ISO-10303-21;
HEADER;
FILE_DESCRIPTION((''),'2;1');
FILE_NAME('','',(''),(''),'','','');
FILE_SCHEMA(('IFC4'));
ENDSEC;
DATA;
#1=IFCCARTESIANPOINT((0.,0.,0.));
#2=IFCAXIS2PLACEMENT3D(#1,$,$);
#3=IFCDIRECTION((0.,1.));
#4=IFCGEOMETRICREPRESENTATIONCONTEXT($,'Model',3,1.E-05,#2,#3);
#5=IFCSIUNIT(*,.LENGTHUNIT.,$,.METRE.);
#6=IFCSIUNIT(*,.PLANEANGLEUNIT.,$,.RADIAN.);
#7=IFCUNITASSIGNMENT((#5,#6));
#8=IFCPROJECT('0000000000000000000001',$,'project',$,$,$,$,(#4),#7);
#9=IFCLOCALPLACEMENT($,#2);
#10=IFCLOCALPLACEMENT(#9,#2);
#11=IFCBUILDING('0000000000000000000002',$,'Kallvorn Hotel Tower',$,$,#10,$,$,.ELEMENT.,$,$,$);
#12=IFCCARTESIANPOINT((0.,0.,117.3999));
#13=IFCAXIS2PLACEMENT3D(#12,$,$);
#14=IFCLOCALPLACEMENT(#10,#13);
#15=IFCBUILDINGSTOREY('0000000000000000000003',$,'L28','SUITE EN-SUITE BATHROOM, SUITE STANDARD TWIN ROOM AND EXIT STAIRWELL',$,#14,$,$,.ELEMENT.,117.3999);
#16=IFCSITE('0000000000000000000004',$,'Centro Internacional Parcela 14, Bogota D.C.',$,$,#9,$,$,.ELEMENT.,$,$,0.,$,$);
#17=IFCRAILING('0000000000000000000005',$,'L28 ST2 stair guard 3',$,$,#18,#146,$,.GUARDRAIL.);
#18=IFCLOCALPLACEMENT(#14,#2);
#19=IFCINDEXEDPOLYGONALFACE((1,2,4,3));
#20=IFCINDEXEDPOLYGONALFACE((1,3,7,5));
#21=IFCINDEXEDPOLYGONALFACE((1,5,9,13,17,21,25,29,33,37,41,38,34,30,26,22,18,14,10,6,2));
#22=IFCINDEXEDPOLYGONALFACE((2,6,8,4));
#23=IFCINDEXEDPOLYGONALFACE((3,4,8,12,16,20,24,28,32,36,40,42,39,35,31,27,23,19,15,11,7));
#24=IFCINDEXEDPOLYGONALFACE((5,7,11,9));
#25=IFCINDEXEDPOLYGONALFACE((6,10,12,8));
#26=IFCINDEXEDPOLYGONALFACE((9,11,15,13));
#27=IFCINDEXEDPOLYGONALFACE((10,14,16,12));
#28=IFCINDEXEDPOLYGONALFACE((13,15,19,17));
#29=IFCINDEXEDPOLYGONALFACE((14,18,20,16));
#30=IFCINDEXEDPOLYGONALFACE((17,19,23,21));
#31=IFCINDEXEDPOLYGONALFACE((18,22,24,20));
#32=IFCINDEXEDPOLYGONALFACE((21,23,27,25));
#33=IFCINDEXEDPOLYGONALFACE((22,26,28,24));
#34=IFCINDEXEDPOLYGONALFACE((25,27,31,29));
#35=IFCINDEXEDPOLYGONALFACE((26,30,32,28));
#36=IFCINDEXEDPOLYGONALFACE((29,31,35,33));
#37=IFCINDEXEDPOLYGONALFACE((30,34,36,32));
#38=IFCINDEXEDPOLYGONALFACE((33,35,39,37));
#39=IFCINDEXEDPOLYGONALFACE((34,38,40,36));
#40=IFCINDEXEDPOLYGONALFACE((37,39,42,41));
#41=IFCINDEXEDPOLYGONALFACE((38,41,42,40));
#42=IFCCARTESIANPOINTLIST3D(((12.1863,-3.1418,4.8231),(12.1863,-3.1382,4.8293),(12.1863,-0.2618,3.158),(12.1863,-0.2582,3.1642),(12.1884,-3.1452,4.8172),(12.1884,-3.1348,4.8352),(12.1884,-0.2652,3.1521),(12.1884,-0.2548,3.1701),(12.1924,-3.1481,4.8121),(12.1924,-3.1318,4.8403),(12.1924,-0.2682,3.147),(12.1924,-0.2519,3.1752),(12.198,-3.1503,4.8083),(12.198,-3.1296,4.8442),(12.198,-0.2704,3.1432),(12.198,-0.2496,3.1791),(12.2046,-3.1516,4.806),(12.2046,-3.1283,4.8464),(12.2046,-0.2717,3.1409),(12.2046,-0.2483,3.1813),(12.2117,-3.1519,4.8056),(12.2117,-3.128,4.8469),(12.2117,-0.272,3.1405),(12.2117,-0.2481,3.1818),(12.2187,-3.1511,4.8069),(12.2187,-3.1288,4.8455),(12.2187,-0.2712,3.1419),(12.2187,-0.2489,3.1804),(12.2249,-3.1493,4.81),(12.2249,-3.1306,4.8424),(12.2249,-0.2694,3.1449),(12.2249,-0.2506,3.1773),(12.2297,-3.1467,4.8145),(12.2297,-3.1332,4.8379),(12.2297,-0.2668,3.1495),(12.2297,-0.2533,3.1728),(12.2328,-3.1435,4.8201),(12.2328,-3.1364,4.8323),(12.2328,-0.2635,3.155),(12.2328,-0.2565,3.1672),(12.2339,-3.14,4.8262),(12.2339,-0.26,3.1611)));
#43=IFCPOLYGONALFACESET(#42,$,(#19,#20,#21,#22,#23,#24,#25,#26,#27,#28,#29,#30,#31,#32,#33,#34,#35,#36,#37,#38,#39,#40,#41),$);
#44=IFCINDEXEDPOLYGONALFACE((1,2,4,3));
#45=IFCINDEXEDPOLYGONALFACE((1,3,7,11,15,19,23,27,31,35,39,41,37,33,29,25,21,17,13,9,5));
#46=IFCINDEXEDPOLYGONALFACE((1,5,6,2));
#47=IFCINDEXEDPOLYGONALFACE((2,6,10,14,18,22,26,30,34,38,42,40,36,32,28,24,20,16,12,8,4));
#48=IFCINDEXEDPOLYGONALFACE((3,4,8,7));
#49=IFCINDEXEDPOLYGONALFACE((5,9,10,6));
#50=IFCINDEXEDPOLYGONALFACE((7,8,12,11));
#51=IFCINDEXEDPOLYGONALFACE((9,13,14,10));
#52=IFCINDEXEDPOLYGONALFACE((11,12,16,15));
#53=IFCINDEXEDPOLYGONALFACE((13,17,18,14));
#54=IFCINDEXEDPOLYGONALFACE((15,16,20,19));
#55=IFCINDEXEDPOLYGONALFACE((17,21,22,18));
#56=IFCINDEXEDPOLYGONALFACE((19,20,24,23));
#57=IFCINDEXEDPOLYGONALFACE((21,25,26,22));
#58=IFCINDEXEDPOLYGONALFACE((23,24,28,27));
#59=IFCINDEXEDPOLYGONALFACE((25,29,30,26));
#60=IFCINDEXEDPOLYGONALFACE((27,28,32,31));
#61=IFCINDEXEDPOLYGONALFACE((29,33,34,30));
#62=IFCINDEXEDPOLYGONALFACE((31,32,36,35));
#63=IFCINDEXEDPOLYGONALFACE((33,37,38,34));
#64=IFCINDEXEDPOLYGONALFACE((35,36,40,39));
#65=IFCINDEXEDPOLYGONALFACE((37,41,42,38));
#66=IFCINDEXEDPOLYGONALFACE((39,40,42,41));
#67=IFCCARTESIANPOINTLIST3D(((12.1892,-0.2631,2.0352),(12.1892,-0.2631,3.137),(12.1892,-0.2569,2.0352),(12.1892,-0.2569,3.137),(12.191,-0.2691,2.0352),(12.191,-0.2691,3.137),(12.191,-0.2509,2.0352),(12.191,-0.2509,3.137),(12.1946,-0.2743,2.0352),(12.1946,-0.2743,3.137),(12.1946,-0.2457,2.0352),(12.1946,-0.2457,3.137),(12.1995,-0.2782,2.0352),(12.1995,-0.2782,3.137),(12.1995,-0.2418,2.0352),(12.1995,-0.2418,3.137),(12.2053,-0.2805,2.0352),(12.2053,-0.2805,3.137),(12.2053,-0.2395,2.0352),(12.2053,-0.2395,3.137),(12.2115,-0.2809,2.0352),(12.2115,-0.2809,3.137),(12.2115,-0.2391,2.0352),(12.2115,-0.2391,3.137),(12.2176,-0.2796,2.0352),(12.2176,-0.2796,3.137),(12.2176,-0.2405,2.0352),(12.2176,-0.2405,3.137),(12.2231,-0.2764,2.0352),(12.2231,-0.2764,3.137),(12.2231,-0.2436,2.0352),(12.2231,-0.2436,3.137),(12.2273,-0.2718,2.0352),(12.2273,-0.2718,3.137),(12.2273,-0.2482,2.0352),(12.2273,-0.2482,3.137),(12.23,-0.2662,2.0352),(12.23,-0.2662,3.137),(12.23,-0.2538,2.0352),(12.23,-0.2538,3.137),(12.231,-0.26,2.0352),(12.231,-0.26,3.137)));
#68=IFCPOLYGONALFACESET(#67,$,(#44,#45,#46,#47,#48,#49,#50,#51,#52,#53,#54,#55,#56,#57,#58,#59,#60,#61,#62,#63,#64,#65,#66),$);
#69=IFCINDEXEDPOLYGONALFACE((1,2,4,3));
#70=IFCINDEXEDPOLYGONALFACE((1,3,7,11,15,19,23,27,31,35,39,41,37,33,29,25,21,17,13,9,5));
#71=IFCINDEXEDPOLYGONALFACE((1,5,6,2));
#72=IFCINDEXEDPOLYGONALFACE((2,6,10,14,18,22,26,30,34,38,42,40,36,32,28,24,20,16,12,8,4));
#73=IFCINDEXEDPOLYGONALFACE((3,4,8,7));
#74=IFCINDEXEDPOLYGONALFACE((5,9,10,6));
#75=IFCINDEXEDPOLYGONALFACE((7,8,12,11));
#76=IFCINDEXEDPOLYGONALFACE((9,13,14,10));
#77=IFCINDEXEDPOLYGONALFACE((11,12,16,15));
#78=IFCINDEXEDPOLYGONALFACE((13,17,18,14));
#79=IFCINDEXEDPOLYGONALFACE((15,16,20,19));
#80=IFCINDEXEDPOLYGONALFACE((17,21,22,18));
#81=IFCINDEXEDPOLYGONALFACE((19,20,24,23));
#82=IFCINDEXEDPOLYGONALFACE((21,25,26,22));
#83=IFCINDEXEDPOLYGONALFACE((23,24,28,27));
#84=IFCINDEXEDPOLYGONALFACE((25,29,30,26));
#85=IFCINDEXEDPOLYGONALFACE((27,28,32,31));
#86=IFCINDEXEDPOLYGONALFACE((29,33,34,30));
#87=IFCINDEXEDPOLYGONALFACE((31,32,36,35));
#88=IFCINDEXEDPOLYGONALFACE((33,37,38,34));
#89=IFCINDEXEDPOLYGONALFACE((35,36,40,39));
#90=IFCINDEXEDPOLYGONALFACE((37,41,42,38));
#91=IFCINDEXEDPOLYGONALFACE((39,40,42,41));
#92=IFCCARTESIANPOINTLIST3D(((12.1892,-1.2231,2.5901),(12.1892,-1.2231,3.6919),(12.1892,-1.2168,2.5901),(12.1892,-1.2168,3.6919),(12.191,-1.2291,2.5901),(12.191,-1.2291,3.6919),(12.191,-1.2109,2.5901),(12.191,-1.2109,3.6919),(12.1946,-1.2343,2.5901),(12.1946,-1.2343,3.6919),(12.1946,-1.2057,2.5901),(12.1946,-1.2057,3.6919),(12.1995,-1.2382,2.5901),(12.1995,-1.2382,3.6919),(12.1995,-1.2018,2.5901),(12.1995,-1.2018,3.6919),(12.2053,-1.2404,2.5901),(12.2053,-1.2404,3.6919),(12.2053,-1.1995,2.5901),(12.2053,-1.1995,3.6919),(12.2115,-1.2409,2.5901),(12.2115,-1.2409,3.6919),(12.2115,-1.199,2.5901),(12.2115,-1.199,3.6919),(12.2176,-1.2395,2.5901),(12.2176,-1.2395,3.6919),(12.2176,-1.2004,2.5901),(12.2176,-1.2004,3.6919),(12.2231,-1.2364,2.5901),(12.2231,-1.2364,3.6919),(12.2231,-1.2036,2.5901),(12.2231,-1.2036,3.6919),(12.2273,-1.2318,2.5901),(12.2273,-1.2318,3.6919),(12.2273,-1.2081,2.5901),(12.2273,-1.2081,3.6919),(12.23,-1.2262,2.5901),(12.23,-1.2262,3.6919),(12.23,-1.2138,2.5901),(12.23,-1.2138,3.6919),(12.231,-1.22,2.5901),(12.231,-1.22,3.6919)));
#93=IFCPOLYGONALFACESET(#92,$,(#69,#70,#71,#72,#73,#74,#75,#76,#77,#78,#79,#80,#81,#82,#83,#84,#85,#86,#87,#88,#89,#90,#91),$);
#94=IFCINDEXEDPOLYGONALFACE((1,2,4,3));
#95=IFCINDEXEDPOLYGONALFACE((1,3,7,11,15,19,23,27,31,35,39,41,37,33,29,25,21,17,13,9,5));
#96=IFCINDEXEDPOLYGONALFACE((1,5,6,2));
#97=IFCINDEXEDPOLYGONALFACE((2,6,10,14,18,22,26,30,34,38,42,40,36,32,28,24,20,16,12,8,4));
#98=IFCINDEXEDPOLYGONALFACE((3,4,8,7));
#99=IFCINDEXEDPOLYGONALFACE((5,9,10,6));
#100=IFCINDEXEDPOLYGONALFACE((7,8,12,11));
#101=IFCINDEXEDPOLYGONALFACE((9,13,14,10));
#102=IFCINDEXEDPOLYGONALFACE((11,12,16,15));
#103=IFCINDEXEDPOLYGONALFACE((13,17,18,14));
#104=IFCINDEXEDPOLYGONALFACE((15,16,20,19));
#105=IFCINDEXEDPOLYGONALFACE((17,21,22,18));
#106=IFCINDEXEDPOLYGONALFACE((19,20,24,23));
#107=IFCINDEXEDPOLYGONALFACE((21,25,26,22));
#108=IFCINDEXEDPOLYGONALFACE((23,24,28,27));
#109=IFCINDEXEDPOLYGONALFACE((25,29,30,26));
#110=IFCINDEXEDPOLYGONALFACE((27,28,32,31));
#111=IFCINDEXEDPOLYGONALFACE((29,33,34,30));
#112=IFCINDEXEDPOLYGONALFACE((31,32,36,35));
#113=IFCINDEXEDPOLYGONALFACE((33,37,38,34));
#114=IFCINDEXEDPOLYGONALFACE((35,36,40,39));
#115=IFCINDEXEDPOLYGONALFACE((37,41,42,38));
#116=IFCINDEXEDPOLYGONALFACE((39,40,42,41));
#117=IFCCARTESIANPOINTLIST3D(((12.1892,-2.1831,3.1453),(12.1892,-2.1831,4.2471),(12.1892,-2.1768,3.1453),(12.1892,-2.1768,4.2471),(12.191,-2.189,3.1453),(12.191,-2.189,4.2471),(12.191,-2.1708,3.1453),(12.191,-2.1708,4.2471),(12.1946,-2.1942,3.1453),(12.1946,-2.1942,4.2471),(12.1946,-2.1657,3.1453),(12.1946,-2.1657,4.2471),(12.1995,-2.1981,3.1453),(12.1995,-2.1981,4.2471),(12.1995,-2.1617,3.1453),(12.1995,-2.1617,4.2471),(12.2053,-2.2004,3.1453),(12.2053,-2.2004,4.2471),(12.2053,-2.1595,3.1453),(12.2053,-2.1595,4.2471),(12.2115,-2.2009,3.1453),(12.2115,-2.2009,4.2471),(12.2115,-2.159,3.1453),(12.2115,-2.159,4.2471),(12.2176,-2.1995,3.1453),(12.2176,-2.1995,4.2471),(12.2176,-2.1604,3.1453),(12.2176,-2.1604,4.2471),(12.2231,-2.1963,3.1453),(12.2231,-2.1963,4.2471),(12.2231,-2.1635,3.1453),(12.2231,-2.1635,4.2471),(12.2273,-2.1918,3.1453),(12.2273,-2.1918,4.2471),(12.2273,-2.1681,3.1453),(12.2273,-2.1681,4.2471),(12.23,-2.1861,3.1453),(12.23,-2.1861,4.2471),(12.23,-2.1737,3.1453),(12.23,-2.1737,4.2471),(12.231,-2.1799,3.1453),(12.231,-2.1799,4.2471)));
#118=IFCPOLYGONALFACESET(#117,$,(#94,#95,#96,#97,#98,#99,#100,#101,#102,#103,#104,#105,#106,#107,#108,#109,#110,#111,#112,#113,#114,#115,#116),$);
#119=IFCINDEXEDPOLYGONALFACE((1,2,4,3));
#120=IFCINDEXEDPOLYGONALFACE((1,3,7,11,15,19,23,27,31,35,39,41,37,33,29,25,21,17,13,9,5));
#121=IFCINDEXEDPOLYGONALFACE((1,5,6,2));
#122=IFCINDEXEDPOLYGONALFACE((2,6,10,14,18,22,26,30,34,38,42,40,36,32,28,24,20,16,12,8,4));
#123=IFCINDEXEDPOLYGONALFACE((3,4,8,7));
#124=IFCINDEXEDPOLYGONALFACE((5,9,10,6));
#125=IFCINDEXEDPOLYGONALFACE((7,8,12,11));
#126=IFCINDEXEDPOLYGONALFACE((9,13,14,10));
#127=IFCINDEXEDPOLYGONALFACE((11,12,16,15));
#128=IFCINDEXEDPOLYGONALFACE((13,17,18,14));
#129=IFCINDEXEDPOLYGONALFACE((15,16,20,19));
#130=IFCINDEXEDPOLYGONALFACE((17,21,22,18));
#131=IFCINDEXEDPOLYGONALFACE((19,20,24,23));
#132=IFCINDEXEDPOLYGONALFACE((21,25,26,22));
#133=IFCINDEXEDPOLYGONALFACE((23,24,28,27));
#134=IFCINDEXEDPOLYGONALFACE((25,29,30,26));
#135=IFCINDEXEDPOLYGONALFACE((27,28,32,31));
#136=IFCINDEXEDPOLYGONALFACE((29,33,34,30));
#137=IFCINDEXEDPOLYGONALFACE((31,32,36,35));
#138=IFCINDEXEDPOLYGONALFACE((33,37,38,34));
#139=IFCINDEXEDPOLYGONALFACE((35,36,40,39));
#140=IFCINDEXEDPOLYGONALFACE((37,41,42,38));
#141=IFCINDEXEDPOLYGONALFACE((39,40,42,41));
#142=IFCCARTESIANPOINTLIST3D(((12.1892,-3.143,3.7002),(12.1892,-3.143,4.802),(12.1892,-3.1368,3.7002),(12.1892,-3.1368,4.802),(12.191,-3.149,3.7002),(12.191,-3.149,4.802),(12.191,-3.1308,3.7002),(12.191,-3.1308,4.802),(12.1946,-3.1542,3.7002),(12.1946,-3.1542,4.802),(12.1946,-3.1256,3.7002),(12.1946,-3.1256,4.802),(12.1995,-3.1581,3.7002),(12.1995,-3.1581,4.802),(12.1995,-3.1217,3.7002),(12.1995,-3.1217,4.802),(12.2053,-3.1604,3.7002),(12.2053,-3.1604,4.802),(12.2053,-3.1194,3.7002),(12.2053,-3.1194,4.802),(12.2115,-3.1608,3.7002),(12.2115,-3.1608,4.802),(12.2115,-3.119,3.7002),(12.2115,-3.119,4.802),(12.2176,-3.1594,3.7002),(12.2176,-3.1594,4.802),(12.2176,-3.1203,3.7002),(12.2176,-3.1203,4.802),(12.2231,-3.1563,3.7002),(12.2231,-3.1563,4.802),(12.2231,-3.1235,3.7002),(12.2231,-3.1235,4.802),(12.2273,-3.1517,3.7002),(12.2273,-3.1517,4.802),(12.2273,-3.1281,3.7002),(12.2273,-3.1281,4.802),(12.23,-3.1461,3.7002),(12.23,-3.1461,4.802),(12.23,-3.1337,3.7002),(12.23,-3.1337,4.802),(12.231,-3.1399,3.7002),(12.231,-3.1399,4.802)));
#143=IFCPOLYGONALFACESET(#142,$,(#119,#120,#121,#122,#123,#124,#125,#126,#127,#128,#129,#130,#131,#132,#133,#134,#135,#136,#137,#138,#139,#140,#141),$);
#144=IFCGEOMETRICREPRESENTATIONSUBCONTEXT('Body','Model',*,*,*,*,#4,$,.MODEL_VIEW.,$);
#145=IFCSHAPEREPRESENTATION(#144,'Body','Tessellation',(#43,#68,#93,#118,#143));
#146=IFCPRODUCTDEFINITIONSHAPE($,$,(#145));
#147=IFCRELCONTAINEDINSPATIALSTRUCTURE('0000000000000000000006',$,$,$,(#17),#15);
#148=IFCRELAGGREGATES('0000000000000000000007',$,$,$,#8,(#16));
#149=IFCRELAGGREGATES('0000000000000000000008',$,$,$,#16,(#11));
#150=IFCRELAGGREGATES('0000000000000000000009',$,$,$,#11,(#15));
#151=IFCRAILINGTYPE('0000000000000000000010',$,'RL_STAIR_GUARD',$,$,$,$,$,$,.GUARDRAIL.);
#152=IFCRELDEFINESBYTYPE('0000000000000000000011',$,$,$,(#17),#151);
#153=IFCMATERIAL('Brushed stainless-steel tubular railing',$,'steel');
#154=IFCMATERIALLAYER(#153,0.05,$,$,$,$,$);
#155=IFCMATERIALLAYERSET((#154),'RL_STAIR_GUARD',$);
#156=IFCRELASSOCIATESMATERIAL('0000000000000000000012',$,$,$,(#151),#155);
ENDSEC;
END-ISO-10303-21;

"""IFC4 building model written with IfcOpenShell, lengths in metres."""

from ifc_helpers import new_model, si_unit, direction, frame, origin, origin_2d, place, context, subcontext, project, spatial, circle, extrude, material, layer, layer_set, type_object, element, save


model = new_model("IFC4")

# Units and contexts
model_context = context("Model", 3, precision=1e-05, world=origin(), true_north=direction((0.0, 1.0)))
body_context = subcontext(model_context, "Body", "Model", "MODEL_VIEW")
ifc_project = project(units=[si_unit("LENGTHUNIT", "METRE"), si_unit("PLANEANGLEUNIT", "RADIAN")], contexts=[model_context])

# Site, building, storey
site_placement = place(None, origin())
site = spatial("IfcSite", under=ifc_project, at=site_placement, Name="Centro Internacional Parcela 14, Bogota D.C.", CompositionType="ELEMENT", RefElevation=0.0)
building_placement = place(site_placement, origin())
building = spatial("IfcBuilding", under=site, at=building_placement, Name="Kallvorn Hotel Tower", CompositionType="ELEMENT")
storey_placement = place(building_placement, frame((0.0, 0.0, 117.3999)))
storey = spatial("IfcBuildingStorey", under=building, at=storey_placement, Name="L28", Description="SUITE EN-SUITE BATHROOM, SUITE STANDARD TWIN ROOM AND EXIT STAIRWELL", CompositionType="ELEMENT", Elevation=117.3999)

# Railing
ifc_material_1 = material(Name="Brushed stainless-steel tubular railing", Category="steel")
ifc_layer_1 = layer(ifc_material_1, 0.05)
ifc_layer_set_1 = layer_set([ifc_layer_1], Name="RL_STAIR_GUARD")
railing_type_1 = type_object("IfcRailingType", Name="RL_STAIR_GUARD", PredefinedType="GUARDRAIL", material=ifc_layer_set_1)
railing_1_placement = place(storey_placement, frame((12.21, -0.26, 2.0352)))
element("IfcRailing", 1, at=railing_1_placement, inside=storey, type_object=railing_type_1, Name="L28 ST2 stair guard 3", PredefinedType="GUARDRAIL", context=body_context, shape_type="SweptSolid", body=[
    extrude(circle(Radius=0.0239, at=origin_2d()), frame((0.0, 0.0, 1.126), z_axis=(0.0, -0.865721, 0.500527), x_axis=(1.0, 0.0, 0.0)), (0.0, 0.0, 1.0), 3.3267),
    extrude(circle(Radius=0.021, at=origin_2d()), origin(), (0.0, 0.0, 1.0), 1.1018),
    extrude(circle(Radius=0.021, at=origin_2d()), frame((0.0, -0.96, 0.5549)), (0.0, 0.0, 1.0), 1.1018),
    extrude(circle(Radius=0.021, at=origin_2d()), frame((0.0, -1.9199, 1.1101)), (0.0, 0.0, 1.0), 1.1018),
    extrude(circle(Radius=0.021, at=origin_2d()), frame((0.0, -2.8799, 1.665)), (0.0, 0.0, 1.0), 1.1018),
])

save(model, "model.ifc")
